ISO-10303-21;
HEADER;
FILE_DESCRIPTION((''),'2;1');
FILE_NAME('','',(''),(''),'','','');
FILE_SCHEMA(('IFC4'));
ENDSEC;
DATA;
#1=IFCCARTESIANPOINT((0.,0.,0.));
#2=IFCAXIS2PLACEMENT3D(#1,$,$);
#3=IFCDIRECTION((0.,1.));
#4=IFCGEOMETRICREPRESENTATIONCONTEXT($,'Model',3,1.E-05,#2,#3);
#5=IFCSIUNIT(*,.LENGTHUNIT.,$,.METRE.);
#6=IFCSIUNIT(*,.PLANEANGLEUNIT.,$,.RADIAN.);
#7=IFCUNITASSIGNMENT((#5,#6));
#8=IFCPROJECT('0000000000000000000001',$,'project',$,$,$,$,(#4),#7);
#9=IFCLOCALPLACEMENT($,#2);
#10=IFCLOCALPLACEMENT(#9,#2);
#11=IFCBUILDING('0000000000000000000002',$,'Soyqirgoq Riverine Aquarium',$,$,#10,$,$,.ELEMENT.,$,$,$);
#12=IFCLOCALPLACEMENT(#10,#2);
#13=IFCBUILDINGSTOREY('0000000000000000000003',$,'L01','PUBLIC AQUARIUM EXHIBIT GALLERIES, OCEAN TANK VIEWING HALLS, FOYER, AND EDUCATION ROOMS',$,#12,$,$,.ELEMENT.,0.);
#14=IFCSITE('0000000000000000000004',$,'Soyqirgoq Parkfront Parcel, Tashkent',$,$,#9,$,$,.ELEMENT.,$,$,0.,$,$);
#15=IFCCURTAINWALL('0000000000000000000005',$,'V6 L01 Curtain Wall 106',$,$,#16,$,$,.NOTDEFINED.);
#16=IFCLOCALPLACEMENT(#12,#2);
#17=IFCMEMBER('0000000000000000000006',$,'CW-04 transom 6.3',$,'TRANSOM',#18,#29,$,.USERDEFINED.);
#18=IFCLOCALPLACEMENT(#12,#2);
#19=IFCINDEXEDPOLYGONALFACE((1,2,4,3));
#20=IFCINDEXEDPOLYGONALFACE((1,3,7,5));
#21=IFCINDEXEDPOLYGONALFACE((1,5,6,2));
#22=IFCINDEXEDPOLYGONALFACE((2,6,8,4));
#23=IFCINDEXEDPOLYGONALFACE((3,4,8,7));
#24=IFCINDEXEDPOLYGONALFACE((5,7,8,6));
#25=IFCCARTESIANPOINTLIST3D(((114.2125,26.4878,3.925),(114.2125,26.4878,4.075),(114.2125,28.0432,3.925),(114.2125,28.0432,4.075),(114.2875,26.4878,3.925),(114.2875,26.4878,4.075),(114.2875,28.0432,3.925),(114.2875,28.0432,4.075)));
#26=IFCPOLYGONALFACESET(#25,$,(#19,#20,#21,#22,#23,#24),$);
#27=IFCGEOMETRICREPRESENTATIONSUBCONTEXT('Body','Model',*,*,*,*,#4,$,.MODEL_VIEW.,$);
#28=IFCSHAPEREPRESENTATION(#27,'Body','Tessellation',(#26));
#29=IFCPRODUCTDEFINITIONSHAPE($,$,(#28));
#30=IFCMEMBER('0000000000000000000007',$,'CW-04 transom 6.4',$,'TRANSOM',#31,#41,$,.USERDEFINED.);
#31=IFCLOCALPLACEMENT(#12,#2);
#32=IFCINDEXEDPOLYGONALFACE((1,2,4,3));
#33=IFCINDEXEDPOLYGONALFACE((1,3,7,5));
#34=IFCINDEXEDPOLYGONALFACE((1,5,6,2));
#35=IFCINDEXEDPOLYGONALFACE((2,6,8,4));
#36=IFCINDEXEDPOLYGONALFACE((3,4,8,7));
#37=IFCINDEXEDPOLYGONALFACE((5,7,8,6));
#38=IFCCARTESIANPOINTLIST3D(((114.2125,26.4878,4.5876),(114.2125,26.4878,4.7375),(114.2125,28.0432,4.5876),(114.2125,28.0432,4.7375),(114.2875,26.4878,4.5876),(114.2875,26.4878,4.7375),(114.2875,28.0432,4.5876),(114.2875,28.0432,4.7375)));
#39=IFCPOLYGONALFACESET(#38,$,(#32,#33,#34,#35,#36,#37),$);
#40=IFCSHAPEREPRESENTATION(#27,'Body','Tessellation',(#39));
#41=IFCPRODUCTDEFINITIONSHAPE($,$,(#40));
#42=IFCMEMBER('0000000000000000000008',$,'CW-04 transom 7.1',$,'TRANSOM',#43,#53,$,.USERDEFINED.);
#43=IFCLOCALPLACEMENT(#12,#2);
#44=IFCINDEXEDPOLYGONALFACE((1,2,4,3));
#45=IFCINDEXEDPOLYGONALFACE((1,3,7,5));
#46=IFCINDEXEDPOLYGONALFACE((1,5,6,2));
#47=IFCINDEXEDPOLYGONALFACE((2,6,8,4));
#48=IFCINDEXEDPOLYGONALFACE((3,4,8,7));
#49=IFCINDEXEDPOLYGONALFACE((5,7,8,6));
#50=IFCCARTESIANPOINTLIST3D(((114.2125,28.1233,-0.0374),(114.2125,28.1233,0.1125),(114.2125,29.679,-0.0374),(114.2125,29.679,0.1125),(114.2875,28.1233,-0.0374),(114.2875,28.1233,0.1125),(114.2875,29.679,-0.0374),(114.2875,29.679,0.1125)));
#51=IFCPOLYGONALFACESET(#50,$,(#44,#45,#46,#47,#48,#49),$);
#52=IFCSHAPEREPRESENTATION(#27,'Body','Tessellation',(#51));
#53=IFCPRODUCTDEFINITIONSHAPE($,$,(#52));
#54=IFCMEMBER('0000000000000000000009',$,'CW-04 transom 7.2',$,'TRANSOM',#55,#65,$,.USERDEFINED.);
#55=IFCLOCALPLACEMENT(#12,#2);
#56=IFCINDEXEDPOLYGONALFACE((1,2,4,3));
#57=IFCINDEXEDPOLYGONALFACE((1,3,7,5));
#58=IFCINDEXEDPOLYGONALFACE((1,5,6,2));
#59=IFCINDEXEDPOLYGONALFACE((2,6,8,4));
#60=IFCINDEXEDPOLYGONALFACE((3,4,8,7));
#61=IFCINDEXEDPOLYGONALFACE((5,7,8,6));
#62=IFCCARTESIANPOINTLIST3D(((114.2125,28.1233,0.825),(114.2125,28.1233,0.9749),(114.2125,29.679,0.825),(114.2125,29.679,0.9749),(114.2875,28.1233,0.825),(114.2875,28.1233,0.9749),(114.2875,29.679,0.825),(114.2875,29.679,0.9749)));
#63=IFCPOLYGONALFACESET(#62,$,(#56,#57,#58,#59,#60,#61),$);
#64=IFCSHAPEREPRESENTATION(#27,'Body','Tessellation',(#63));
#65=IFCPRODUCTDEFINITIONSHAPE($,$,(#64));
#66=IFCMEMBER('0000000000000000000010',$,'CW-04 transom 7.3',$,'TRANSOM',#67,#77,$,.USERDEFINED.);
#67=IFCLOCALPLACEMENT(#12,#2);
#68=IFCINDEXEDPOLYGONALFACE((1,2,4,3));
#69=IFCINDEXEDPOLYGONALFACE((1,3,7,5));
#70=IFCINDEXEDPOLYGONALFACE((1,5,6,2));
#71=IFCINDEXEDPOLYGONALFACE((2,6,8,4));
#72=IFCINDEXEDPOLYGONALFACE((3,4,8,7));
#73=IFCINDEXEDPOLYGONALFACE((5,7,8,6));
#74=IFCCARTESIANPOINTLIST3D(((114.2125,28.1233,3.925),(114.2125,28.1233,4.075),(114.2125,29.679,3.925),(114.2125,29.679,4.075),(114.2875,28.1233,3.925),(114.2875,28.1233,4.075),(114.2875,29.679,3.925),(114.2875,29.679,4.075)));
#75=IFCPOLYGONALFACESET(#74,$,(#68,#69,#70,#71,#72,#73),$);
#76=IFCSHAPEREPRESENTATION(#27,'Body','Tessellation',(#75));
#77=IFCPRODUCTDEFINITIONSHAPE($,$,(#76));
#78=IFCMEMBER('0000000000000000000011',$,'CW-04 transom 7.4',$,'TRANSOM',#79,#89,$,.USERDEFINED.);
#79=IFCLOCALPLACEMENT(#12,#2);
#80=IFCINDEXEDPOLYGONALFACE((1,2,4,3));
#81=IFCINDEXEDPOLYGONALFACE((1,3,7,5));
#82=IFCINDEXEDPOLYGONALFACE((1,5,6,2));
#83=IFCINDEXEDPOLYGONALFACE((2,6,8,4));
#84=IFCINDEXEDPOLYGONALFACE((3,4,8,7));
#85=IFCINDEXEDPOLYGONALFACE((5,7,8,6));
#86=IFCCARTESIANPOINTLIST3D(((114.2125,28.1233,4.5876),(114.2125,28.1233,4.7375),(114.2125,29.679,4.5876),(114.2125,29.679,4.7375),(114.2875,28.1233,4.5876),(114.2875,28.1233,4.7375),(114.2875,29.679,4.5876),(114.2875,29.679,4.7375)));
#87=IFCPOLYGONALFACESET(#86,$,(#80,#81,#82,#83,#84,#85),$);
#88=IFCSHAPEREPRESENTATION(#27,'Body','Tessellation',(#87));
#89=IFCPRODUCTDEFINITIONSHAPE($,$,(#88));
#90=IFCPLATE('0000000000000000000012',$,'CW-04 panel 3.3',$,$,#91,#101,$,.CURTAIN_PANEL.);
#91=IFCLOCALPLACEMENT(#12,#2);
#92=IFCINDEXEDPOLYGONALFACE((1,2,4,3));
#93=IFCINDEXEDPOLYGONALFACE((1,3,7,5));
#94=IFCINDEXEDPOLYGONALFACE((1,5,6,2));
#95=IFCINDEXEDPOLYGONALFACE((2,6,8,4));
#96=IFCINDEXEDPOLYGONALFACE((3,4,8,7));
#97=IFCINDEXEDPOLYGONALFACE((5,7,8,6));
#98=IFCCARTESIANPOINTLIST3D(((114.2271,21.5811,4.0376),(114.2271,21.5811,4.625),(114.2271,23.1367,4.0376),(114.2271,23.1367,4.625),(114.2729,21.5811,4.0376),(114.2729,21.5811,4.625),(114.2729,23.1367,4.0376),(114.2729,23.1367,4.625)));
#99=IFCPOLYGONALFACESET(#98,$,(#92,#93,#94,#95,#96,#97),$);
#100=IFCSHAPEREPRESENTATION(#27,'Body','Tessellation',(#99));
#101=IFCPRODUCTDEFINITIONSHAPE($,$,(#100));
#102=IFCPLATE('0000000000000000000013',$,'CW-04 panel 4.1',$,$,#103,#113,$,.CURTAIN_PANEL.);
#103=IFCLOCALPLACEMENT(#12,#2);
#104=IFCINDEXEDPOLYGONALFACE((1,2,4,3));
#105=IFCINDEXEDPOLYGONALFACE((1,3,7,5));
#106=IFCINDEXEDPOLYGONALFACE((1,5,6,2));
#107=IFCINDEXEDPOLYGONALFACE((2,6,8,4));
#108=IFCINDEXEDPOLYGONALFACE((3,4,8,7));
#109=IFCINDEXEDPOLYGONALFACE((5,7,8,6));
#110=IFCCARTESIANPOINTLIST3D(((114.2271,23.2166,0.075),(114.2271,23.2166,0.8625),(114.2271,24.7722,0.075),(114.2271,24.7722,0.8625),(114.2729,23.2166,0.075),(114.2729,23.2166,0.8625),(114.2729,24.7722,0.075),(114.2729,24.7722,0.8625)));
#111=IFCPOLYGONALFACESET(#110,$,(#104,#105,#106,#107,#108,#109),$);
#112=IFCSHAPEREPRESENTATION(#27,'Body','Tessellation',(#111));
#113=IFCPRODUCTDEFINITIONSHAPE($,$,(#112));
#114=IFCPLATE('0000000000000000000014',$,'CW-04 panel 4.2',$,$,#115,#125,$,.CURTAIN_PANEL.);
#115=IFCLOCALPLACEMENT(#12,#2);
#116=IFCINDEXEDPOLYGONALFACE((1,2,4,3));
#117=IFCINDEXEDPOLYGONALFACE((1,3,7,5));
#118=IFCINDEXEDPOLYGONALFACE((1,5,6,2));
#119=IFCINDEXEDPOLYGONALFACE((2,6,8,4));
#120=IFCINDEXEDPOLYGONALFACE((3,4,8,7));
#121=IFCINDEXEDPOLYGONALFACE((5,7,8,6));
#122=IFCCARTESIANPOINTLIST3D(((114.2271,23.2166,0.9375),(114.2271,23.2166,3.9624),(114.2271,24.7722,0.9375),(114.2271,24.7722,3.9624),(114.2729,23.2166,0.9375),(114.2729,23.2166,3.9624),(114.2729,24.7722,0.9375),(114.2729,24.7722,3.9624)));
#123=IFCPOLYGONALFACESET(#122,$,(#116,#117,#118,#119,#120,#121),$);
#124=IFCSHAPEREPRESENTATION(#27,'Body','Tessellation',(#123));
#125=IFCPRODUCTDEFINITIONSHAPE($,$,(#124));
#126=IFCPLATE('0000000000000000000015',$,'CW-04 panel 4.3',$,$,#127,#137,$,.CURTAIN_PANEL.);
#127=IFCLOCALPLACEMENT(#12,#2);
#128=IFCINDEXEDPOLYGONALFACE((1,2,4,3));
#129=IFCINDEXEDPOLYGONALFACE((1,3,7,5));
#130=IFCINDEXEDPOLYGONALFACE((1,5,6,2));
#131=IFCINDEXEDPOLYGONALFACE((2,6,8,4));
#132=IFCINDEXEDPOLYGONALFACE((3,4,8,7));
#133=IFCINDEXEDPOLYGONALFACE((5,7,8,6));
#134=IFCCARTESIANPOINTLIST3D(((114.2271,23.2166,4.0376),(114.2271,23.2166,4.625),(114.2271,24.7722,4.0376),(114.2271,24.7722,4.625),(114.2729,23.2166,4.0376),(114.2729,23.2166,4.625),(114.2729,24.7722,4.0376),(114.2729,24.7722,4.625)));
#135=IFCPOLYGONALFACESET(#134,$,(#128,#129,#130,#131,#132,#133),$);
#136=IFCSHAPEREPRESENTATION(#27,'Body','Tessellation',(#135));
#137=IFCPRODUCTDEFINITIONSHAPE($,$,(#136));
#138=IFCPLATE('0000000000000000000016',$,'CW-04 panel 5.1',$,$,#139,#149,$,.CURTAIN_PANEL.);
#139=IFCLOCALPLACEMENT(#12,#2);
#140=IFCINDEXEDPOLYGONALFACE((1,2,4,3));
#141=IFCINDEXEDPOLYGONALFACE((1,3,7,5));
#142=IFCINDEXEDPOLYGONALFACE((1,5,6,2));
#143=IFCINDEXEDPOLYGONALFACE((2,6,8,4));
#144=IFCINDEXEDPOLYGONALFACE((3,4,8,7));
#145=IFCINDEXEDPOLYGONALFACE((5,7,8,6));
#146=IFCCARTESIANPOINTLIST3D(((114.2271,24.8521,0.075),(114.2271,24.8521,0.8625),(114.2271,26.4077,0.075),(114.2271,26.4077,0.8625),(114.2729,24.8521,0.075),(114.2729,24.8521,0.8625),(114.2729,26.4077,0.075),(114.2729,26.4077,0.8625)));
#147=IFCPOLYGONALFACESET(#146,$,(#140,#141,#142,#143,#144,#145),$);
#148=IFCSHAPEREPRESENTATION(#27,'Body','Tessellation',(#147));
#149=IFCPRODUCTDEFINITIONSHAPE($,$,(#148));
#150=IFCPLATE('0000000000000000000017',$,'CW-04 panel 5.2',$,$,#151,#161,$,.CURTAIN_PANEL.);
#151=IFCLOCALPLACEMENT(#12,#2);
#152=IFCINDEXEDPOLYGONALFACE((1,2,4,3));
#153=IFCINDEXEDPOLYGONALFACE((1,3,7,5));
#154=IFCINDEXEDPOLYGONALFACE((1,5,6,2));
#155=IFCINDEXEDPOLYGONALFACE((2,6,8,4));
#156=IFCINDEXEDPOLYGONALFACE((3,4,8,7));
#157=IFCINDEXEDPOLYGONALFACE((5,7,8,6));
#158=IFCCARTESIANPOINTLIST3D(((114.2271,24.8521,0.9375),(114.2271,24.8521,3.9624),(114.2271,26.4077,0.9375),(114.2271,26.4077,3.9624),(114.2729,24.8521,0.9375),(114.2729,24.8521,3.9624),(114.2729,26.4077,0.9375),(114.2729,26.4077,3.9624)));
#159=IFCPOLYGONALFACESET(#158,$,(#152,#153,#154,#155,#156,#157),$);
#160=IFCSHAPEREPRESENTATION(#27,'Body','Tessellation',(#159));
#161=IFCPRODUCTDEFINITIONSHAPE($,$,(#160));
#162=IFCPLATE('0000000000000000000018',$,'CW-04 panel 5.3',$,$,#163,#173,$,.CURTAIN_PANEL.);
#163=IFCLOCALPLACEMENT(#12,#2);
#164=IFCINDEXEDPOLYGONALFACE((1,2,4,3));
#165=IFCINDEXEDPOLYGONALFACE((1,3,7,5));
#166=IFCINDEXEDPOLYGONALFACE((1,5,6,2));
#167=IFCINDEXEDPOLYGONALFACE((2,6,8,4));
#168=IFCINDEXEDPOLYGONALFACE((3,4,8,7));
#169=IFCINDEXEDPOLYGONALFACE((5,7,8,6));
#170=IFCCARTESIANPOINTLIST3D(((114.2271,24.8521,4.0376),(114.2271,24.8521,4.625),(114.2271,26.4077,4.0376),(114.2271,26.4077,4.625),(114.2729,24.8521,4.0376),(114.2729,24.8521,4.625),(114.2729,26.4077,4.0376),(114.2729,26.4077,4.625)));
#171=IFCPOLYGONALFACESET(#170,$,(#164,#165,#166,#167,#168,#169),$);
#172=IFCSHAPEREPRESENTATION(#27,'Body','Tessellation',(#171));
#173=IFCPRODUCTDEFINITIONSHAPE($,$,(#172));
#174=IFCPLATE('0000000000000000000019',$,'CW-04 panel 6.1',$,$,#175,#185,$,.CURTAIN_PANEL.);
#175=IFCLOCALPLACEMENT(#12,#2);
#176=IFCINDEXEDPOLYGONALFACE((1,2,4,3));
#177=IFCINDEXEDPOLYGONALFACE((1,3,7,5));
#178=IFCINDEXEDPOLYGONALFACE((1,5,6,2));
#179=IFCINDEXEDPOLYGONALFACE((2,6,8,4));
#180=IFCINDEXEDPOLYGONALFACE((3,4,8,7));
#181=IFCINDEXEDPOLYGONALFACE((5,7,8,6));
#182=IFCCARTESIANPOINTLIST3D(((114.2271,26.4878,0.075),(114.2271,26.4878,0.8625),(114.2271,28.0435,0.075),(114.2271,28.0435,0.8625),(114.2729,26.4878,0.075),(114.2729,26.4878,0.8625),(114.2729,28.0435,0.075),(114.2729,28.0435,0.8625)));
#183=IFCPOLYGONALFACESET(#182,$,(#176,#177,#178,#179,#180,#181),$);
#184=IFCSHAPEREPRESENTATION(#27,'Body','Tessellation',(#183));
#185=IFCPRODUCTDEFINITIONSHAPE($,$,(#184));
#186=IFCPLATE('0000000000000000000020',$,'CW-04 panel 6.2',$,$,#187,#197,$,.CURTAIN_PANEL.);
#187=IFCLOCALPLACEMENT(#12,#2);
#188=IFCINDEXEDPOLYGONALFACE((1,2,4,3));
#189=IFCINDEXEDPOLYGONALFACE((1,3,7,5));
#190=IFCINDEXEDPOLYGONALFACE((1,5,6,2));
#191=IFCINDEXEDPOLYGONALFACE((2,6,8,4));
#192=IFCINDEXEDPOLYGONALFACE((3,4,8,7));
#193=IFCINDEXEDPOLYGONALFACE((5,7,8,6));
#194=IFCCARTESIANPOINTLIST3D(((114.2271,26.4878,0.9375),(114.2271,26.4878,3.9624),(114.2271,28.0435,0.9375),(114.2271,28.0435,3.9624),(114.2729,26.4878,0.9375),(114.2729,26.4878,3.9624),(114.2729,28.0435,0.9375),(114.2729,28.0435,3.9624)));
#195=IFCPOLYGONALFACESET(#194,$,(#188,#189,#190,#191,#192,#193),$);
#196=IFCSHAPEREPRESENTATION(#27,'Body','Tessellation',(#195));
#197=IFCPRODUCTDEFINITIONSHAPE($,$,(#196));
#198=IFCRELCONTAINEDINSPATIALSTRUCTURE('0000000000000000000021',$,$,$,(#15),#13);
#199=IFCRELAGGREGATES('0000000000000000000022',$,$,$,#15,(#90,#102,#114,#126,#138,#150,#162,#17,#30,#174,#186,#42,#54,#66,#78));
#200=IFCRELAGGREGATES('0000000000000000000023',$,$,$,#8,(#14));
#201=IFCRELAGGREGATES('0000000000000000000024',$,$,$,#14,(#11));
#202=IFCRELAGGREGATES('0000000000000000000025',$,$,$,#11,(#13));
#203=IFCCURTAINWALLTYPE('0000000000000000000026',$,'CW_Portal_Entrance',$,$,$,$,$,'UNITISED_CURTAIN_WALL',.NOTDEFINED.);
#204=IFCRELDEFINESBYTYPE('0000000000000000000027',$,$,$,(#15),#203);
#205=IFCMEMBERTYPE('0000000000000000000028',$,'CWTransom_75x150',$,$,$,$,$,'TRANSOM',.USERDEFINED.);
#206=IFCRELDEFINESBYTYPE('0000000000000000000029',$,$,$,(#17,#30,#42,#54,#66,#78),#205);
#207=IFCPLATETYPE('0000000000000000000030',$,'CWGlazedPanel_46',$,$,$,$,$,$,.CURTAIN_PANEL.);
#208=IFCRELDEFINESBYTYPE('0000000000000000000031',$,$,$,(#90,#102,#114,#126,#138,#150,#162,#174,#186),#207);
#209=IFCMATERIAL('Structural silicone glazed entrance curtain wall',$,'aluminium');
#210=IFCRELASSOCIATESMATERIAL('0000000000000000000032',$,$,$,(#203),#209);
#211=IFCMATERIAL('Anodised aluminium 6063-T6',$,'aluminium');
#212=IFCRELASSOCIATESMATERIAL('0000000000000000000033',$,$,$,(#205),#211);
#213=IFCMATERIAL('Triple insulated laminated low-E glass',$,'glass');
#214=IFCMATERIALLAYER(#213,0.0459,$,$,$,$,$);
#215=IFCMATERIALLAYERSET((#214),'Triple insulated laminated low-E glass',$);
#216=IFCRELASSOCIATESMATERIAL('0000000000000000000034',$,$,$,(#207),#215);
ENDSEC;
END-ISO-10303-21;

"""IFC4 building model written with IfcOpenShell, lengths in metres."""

from ifc_helpers import new_model, si_unit, direction, frame, origin, origin_2d, place, context, subcontext, project, spatial, rectangle, extrude, material, layer, layer_set, material_profile, profile_set, type_object, element, aggregate, save


model = new_model("IFC4")

# Units and contexts
model_context = context("Model", 3, precision=1e-05, world=origin(), true_north=direction((0.0, 1.0)))
body_context = subcontext(model_context, "Body", "Model", "MODEL_VIEW")
ifc_project = project(units=[si_unit("LENGTHUNIT", "METRE"), si_unit("PLANEANGLEUNIT", "RADIAN")], contexts=[model_context])

# Site, building, storey
site_placement = place(None, origin())
site = spatial("IfcSite", under=ifc_project, at=site_placement, Name="Soyqirgoq Parkfront Parcel, Tashkent", CompositionType="ELEMENT", RefElevation=0.0)
building_placement = place(site_placement, origin())
building = spatial("IfcBuilding", under=site, at=building_placement, Name="Soyqirgoq Riverine Aquarium", CompositionType="ELEMENT")
storey_placement = place(building_placement, origin())
storey = spatial("IfcBuildingStorey", under=building, at=storey_placement, Name="L01", Description="PUBLIC AQUARIUM EXHIBIT GALLERIES, OCEAN TANK VIEWING HALLS, FOYER, AND EDUCATION ROOMS", CompositionType="ELEMENT", Elevation=0.0)

# Curtain wall, members, plates
ifc_material_1 = material(Name="Structural silicone glazed entrance curtain wall", Category="aluminium")
curtain_wall_type = type_object("IfcCurtainWallType", Name="CW_Portal_Entrance", ElementType="UNITISED_CURTAIN_WALL", PredefinedType="NOTDEFINED", material=ifc_material_1)
curtain_wall_placement = place(storey_placement, origin())
curtain_wall = element("IfcCurtainWall", 1, at=curtain_wall_placement, inside=storey, type_object=curtain_wall_type, Name="V6 L01 Curtain Wall 106", PredefinedType="NOTDEFINED")
ifc_material_2 = material(Name="Anodised aluminium 6063-T6", Category="aluminium")
ifc_material_profile_1 = material_profile(ifc_material_2, rectangle(XDim=0.075, YDim=0.1499, at=origin_2d()), Name="ALU-T 75x150")
ifc_profile_set_1 = profile_set([ifc_material_profile_1], Name="Anodised aluminium 6063-T6")
member_type_1 = type_object("IfcMemberType", Name="CWTransom_75x150", ElementType="TRANSOM", PredefinedType="USERDEFINED", material=ifc_profile_set_1)
member_1_placement = place(storey_placement, frame((114.25, 26.4878, 4.0), z_axis=(0.0, 1.0, 0.0), x_axis=(-1.0, 0.0, 0.0)))
member_1 = element("IfcMember", 2, at=member_1_placement, type_object=member_type_1, Name="CW-04 transom 6.3", ObjectType="TRANSOM", PredefinedType="USERDEFINED", context=body_context, shape_type="SweptSolid", body=[
    extrude(rectangle(XDim=0.075, YDim=0.1499, at=origin_2d()), origin(), (0.0, 0.0, 1.0), 1.5554),
])
member_2_placement = place(storey_placement, frame((114.25, 26.4878, 4.6626), z_axis=(0.0, 1.0, 0.0), x_axis=(-1.0, 0.0, 0.0)))
member_2 = element("IfcMember", 3, at=member_2_placement, type_object=member_type_1, Name="CW-04 transom 6.4", ObjectType="TRANSOM", PredefinedType="USERDEFINED", context=body_context, shape_type="SweptSolid", body=[
    extrude(rectangle(XDim=0.075, YDim=0.1499, at=origin_2d()), origin(), (0.0, 0.0, 1.0), 1.5554),
])
member_3_placement = place(storey_placement, frame((114.25, 28.1233, 0.0376), z_axis=(0.0, 1.0, 0.0), x_axis=(-1.0, 0.0, 0.0)))
member_3 = element("IfcMember", 4, at=member_3_placement, type_object=member_type_1, Name="CW-04 transom 7.1", ObjectType="TRANSOM", PredefinedType="USERDEFINED", context=body_context, shape_type="SweptSolid", body=[
    extrude(rectangle(XDim=0.075, YDim=0.1499, at=origin_2d()), origin(), (0.0, 0.0, 1.0), 1.5557),
])
member_4_placement = place(storey_placement, frame((114.25, 28.1233, 0.8999), z_axis=(0.0, 1.0, 0.0), x_axis=(-1.0, 0.0, 0.0)))
member_4 = element("IfcMember", 5, at=member_4_placement, type_object=member_type_1, Name="CW-04 transom 7.2", ObjectType="TRANSOM", PredefinedType="USERDEFINED", context=body_context, shape_type="SweptSolid", body=[
    extrude(rectangle(XDim=0.075, YDim=0.1499, at=origin_2d()), origin(), (0.0, 0.0, 1.0), 1.5557),
])
member_5_placement = place(storey_placement, frame((114.25, 28.1233, 4.0), z_axis=(0.0, 1.0, 0.0), x_axis=(-1.0, 0.0, 0.0)))
member_5 = element("IfcMember", 6, at=member_5_placement, type_object=member_type_1, Name="CW-04 transom 7.3", ObjectType="TRANSOM", PredefinedType="USERDEFINED", context=body_context, shape_type="SweptSolid", body=[
    extrude(rectangle(XDim=0.075, YDim=0.1499, at=origin_2d()), origin(), (0.0, 0.0, 1.0), 1.5557),
])
member_6_placement = place(storey_placement, frame((114.25, 28.1233, 4.6626), z_axis=(0.0, 1.0, 0.0), x_axis=(-1.0, 0.0, 0.0)))
member_6 = element("IfcMember", 7, at=member_6_placement, type_object=member_type_1, Name="CW-04 transom 7.4", ObjectType="TRANSOM", PredefinedType="USERDEFINED", context=body_context, shape_type="SweptSolid", body=[
    extrude(rectangle(XDim=0.075, YDim=0.1499, at=origin_2d()), origin(), (0.0, 0.0, 1.0), 1.5557),
])
ifc_material_3 = material(Name="Triple insulated laminated low-E glass", Category="glass")
ifc_layer = layer(ifc_material_3, 0.0459)
ifc_layer_set = layer_set([ifc_layer], Name="Triple insulated laminated low-E glass")
plate_type = type_object("IfcPlateType", Name="CWGlazedPanel_46", PredefinedType="CURTAIN_PANEL", material=ifc_layer_set)
plate_1_placement = place(storey_placement, frame((114.25, 22.3589, 4.0376), z_axis=(0.0, 0.0, 1.0), x_axis=(0.0, 1.0, 0.0)))
plate_1 = element("IfcPlate", 8, at=plate_1_placement, type_object=plate_type, Name="CW-04 panel 3.3", PredefinedType="CURTAIN_PANEL", context=body_context, shape_type="SweptSolid", body=[
    extrude(rectangle(XDim=1.5557, YDim=0.0459, at=origin_2d()), origin(), (0.0, 0.0, 1.0), 0.5874),
])
plate_2_placement = place(storey_placement, frame((114.25, 23.9944, 0.075), z_axis=(0.0, 0.0, 1.0), x_axis=(0.0, 1.0, 0.0)))
plate_2 = element("IfcPlate", 9, at=plate_2_placement, type_object=plate_type, Name="CW-04 panel 4.1", PredefinedType="CURTAIN_PANEL", context=body_context, shape_type="SweptSolid", body=[
    extrude(rectangle(XDim=1.5557, YDim=0.0459, at=origin_2d()), origin(), (0.0, 0.0, 1.0), 0.7876),
])
plate_3_placement = place(storey_placement, frame((114.25, 23.9944, 0.9375), z_axis=(0.0, 0.0, 1.0), x_axis=(0.0, 1.0, 0.0)))
plate_3 = element("IfcPlate", 10, at=plate_3_placement, type_object=plate_type, Name="CW-04 panel 4.2", PredefinedType="CURTAIN_PANEL", context=body_context, shape_type="SweptSolid", body=[
    extrude(rectangle(XDim=1.5557, YDim=0.0459, at=origin_2d()), origin(), (0.0, 0.0, 1.0), 3.0249),
])
plate_4_placement = place(storey_placement, frame((114.25, 23.9944, 4.0376), z_axis=(0.0, 0.0, 1.0), x_axis=(0.0, 1.0, 0.0)))
plate_4 = element("IfcPlate", 11, at=plate_4_placement, type_object=plate_type, Name="CW-04 panel 4.3", PredefinedType="CURTAIN_PANEL", context=body_context, shape_type="SweptSolid", body=[
    extrude(rectangle(XDim=1.5557, YDim=0.0459, at=origin_2d()), origin(), (0.0, 0.0, 1.0), 0.5874),
])
plate_5_placement = place(storey_placement, frame((114.25, 25.6299, 0.075), z_axis=(0.0, 0.0, 1.0), x_axis=(0.0, 1.0, 0.0)))
plate_5 = element("IfcPlate", 12, at=plate_5_placement, type_object=plate_type, Name="CW-04 panel 5.1", PredefinedType="CURTAIN_PANEL", context=body_context, shape_type="SweptSolid", body=[
    extrude(rectangle(XDim=1.5557, YDim=0.0459, at=origin_2d()), origin(), (0.0, 0.0, 1.0), 0.7876),
])
plate_6_placement = place(storey_placement, frame((114.25, 25.6299, 0.9375), z_axis=(0.0, 0.0, 1.0), x_axis=(0.0, 1.0, 0.0)))
plate_6 = element("IfcPlate", 13, at=plate_6_placement, type_object=plate_type, Name="CW-04 panel 5.2", PredefinedType="CURTAIN_PANEL", context=body_context, shape_type="SweptSolid", body=[
    extrude(rectangle(XDim=1.5557, YDim=0.0459, at=origin_2d()), origin(), (0.0, 0.0, 1.0), 3.0249),
])
plate_7_placement = place(storey_placement, frame((114.25, 25.6299, 4.0376), z_axis=(0.0, 0.0, 1.0), x_axis=(0.0, 1.0, 0.0)))
plate_7 = element("IfcPlate", 14, at=plate_7_placement, type_object=plate_type, Name="CW-04 panel 5.3", PredefinedType="CURTAIN_PANEL", context=body_context, shape_type="SweptSolid", body=[
    extrude(rectangle(XDim=1.5557, YDim=0.0459, at=origin_2d()), origin(), (0.0, 0.0, 1.0), 0.5874),
])
plate_8_placement = place(storey_placement, frame((114.25, 27.2656, 0.075), z_axis=(0.0, 0.0, 1.0), x_axis=(0.0, 1.0, 0.0)))
plate_8 = element("IfcPlate", 15, at=plate_8_placement, type_object=plate_type, Name="CW-04 panel 6.1", PredefinedType="CURTAIN_PANEL", context=body_context, shape_type="SweptSolid", body=[
    extrude(rectangle(XDim=1.5557, YDim=0.0459, at=origin_2d()), origin(), (0.0, 0.0, 1.0), 0.7876),
])
plate_9_placement = place(storey_placement, frame((114.25, 27.2656, 0.9375), z_axis=(0.0, 0.0, 1.0), x_axis=(0.0, 1.0, 0.0)))
plate_9 = element("IfcPlate", 16, at=plate_9_placement, type_object=plate_type, Name="CW-04 panel 6.2", PredefinedType="CURTAIN_PANEL", context=body_context, shape_type="SweptSolid", body=[
    extrude(rectangle(XDim=1.5557, YDim=0.0459, at=origin_2d()), origin(), (0.0, 0.0, 1.0), 3.0249),
])
aggregate(curtain_wall, [plate_1, plate_2, plate_3, plate_4, plate_5, plate_6, plate_7, member_1, member_2, plate_8, plate_9, member_3, member_4, member_5, member_6])

save(model, "model.ifc")
